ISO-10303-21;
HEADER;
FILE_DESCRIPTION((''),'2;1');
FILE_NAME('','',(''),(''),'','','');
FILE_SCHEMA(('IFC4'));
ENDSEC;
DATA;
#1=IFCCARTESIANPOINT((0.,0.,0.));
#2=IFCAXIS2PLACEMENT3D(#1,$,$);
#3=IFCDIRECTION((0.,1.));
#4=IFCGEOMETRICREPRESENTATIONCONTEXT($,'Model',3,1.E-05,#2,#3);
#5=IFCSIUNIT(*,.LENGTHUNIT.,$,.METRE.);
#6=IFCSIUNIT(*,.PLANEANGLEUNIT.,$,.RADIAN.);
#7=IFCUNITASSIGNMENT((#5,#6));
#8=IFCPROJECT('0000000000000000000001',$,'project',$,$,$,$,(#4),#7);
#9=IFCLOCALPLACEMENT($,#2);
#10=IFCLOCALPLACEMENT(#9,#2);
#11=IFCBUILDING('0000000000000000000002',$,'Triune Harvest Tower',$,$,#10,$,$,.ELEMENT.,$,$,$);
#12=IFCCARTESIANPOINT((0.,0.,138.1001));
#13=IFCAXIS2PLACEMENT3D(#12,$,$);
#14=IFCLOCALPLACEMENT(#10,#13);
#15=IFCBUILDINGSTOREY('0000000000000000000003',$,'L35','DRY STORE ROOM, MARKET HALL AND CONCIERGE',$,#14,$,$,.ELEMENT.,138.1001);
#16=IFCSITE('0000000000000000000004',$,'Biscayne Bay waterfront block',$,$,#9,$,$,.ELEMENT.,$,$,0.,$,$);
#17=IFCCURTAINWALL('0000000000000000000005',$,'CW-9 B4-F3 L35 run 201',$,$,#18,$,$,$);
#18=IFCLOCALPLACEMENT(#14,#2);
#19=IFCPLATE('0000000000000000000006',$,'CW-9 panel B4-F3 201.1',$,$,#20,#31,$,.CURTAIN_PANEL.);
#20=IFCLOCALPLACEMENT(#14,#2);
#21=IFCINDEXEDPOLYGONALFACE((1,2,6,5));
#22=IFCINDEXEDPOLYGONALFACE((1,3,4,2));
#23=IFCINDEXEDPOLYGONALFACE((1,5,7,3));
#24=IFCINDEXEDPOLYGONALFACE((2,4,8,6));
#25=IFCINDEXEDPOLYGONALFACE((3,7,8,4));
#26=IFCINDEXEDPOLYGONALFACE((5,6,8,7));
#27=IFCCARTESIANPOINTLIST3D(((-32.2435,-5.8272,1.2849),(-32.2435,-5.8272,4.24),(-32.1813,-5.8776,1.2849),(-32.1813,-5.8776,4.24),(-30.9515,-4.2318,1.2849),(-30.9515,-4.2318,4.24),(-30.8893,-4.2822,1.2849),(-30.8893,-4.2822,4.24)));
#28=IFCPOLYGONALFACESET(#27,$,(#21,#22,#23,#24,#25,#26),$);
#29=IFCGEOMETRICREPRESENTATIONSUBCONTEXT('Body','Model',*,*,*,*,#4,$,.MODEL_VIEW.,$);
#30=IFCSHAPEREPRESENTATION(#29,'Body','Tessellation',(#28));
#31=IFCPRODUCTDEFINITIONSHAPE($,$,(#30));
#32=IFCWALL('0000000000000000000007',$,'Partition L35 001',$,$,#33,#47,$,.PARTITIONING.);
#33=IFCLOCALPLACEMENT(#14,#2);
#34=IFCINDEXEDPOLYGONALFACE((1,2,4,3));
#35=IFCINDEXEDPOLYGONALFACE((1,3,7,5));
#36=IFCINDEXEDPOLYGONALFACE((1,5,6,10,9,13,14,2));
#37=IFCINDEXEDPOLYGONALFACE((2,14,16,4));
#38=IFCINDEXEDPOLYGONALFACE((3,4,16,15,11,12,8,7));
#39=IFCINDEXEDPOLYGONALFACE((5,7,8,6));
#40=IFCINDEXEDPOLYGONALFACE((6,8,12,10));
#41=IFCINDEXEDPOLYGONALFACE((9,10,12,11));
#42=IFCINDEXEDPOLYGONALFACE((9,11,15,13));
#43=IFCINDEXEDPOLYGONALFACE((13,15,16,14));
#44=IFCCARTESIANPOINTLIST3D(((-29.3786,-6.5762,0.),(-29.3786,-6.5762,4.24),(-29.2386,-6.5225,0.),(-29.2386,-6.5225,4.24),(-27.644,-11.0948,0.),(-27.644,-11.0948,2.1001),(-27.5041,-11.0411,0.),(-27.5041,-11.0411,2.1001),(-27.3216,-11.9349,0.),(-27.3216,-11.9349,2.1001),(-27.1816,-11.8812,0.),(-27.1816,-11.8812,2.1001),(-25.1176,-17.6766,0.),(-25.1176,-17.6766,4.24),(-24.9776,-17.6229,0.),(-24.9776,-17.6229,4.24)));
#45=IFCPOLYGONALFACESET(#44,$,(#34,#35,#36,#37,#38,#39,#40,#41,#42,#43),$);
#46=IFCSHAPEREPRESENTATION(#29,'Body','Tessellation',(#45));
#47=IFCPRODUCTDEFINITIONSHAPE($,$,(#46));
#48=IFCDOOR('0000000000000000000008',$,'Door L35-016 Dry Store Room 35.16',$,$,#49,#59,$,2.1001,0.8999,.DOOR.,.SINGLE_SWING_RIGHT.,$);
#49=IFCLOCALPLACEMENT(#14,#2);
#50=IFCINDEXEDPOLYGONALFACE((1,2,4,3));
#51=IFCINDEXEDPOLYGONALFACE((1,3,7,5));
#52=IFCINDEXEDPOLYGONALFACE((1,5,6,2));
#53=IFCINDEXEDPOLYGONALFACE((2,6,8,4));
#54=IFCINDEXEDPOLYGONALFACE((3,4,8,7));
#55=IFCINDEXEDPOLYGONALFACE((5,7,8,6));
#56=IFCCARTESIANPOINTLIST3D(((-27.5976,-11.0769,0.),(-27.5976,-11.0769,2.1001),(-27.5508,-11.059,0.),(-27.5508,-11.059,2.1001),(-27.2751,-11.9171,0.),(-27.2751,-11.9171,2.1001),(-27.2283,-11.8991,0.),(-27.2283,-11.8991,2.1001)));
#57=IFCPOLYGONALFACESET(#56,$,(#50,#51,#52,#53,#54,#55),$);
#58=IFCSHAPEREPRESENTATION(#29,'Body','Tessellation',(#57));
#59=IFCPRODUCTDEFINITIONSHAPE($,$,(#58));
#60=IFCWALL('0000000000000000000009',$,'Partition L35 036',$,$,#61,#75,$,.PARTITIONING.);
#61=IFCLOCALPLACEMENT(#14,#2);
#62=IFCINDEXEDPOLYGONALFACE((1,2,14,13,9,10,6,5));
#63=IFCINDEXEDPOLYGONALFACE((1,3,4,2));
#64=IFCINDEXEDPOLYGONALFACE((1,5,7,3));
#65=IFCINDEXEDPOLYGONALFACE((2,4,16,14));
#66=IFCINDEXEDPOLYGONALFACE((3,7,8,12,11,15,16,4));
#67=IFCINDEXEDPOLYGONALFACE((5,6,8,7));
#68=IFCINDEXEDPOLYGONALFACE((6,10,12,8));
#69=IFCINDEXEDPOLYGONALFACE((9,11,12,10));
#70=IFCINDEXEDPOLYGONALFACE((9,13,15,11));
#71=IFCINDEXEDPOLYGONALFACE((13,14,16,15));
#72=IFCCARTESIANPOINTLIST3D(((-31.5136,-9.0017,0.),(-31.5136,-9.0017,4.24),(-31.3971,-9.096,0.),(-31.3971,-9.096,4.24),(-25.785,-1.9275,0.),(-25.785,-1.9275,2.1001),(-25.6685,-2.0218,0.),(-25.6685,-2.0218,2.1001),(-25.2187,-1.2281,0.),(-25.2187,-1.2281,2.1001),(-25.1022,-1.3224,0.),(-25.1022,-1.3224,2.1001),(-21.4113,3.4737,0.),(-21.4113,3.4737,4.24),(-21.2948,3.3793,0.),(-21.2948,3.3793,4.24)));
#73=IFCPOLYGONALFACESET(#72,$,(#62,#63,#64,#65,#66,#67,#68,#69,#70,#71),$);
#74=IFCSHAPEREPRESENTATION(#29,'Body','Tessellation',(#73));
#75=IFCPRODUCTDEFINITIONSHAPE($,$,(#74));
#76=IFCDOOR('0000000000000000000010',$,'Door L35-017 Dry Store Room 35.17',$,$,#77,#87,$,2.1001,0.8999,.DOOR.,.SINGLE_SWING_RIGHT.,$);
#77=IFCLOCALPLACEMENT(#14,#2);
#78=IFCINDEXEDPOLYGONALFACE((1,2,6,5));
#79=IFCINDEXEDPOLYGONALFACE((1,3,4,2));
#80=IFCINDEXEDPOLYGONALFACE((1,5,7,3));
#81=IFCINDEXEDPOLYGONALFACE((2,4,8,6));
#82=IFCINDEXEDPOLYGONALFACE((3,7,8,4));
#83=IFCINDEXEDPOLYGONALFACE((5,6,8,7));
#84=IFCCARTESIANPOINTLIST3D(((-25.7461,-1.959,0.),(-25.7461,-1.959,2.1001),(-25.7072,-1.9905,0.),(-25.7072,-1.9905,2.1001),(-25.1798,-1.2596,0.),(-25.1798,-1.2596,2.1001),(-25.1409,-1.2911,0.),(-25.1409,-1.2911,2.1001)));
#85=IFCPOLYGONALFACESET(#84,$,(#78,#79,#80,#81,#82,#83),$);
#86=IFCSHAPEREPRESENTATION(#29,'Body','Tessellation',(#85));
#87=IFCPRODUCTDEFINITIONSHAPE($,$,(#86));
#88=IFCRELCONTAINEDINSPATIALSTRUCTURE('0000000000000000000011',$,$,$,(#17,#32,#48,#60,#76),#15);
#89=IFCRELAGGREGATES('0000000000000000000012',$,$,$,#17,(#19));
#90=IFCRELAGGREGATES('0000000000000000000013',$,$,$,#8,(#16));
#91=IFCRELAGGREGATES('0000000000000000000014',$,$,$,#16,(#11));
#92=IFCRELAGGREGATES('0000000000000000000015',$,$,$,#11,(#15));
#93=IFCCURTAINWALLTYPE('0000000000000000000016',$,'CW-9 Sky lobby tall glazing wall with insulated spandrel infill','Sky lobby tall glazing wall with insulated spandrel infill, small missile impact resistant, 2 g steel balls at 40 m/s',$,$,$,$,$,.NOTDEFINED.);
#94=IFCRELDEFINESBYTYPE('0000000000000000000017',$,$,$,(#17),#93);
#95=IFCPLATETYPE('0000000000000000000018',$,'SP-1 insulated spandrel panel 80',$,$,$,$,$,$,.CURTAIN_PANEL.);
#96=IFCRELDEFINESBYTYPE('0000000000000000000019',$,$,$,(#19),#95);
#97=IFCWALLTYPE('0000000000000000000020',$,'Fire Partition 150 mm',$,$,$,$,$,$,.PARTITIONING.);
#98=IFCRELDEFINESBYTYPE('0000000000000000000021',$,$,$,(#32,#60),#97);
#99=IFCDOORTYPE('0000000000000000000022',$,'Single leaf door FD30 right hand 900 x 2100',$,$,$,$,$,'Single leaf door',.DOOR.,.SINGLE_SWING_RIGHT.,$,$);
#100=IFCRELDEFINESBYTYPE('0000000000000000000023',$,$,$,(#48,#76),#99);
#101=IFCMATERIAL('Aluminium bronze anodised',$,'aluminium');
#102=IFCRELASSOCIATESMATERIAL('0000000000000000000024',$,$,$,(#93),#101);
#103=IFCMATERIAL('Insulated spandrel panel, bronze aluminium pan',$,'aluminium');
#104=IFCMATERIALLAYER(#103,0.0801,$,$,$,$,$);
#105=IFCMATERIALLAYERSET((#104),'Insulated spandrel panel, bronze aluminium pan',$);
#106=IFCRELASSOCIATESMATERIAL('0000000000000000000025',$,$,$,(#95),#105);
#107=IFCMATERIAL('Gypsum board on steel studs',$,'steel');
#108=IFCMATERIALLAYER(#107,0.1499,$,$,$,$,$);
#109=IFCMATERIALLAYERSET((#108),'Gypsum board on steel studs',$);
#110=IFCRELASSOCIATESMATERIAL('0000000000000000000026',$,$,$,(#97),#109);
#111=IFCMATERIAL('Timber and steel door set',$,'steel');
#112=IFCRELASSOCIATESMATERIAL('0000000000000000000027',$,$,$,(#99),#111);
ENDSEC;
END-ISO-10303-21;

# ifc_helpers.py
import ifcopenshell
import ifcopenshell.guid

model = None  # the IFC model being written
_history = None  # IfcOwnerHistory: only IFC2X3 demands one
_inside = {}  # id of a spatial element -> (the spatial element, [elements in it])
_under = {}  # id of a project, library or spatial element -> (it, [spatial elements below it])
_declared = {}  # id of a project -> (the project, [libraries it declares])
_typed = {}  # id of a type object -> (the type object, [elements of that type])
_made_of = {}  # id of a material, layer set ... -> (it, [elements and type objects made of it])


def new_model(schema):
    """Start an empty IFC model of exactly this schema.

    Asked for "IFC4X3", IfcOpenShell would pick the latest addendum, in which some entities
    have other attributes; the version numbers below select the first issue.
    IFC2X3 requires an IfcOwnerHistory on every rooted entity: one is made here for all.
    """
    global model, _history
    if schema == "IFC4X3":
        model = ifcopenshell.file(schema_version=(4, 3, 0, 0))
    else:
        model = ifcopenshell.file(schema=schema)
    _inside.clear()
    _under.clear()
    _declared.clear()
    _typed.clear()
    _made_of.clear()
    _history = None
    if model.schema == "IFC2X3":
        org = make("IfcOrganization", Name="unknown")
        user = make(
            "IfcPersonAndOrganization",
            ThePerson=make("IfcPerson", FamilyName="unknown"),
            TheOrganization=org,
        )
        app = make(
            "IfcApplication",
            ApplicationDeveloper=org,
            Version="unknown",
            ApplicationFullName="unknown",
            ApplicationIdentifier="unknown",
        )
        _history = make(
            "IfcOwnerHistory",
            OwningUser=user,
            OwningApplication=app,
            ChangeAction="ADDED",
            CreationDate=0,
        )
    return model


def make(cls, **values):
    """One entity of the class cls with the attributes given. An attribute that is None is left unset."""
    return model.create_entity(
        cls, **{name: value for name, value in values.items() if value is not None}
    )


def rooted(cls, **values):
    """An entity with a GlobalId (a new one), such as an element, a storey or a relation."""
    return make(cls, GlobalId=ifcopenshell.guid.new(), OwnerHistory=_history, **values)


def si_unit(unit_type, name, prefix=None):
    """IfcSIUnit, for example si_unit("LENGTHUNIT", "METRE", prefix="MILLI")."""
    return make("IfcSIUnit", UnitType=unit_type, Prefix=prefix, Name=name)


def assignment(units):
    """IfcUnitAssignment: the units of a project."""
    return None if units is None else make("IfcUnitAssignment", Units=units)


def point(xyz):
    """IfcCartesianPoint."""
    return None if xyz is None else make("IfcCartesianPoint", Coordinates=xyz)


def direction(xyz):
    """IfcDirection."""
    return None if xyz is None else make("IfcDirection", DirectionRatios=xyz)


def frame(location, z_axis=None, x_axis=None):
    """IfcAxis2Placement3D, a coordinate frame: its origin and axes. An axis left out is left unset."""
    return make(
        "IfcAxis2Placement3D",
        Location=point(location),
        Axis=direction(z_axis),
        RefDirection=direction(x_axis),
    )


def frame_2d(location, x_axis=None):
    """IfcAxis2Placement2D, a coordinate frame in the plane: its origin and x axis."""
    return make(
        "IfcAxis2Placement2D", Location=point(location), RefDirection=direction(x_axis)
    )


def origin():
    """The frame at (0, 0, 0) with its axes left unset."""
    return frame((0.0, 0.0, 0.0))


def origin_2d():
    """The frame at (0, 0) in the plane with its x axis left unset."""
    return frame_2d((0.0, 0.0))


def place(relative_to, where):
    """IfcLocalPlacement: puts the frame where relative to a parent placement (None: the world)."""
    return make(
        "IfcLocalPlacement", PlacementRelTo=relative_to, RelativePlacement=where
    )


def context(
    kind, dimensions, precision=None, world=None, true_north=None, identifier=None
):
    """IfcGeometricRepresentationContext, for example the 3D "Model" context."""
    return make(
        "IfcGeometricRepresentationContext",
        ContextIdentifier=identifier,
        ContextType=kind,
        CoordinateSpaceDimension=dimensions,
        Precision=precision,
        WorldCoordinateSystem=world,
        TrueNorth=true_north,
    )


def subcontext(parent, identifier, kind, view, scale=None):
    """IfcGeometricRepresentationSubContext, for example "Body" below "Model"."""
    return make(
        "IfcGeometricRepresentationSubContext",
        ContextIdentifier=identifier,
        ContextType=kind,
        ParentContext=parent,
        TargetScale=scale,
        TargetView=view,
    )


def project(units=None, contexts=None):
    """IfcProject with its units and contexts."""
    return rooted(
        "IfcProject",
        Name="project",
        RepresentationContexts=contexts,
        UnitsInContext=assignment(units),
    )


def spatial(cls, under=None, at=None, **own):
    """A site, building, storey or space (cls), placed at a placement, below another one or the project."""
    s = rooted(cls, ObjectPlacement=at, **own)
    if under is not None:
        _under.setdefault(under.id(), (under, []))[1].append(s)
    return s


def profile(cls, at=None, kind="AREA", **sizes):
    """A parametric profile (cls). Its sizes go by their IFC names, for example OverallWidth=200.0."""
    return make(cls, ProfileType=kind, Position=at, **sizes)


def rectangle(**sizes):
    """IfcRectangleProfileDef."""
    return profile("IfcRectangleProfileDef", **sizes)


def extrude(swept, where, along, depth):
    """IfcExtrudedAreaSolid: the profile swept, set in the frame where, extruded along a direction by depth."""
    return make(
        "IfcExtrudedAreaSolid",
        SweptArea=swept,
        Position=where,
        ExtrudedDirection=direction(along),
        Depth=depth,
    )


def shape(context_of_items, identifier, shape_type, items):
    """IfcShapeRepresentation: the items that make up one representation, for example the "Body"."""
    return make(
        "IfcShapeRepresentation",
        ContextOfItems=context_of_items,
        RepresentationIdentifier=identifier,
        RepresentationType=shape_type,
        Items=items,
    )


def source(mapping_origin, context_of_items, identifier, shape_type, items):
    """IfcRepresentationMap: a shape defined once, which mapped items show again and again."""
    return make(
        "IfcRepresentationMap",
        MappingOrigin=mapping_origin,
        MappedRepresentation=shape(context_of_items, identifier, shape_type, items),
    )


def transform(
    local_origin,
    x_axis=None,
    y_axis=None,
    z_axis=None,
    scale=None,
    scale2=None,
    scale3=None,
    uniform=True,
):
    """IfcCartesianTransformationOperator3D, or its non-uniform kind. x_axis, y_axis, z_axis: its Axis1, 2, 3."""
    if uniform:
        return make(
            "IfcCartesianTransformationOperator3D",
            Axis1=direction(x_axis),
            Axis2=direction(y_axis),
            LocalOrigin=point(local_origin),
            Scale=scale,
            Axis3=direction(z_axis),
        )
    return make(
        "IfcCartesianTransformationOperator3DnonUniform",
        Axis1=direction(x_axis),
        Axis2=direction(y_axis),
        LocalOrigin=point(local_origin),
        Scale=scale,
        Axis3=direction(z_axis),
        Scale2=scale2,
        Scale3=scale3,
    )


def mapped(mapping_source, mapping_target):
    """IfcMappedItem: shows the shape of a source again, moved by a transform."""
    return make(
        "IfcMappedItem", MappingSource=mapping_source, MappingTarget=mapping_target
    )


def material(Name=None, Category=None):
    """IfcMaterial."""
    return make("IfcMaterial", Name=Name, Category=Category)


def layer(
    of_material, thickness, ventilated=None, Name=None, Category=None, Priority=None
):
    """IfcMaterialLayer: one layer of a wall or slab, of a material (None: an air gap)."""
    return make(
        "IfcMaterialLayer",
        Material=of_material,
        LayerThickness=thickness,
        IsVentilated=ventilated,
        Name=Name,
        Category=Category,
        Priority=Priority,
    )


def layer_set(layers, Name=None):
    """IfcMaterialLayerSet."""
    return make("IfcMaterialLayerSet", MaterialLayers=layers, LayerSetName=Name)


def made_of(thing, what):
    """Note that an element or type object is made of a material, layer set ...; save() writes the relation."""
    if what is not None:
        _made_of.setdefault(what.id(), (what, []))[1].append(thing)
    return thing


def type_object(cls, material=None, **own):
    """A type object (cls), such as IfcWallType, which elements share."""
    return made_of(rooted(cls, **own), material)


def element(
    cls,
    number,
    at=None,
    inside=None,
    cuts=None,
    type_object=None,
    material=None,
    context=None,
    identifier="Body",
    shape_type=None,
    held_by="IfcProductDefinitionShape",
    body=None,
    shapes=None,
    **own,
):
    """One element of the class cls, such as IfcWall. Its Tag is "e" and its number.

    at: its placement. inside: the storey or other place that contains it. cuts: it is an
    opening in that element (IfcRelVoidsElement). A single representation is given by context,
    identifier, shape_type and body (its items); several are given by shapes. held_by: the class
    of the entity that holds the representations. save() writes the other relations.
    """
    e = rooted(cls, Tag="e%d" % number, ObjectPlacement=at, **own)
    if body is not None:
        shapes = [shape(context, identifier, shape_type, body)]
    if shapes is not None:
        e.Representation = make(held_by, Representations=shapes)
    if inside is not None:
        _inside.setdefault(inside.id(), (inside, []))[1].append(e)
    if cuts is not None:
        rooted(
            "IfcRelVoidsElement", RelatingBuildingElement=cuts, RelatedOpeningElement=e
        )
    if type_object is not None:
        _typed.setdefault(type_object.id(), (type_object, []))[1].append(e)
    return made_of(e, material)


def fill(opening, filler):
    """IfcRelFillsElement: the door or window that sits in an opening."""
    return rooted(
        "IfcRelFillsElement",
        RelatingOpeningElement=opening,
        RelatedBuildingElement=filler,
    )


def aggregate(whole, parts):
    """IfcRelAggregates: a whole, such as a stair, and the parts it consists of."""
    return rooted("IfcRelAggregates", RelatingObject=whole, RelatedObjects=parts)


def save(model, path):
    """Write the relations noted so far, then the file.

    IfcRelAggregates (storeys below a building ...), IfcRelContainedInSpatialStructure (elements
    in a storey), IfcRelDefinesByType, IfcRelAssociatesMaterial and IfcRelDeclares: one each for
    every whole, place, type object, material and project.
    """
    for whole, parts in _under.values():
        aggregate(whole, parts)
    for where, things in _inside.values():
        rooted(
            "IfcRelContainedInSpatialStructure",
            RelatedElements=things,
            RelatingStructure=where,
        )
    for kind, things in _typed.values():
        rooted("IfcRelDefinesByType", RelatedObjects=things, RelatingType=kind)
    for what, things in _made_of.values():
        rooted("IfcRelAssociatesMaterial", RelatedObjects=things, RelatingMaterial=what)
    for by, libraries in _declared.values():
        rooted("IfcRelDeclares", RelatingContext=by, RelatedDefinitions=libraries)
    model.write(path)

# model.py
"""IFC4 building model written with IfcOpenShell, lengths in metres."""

from ifc_helpers import new_model, si_unit, direction, frame, frame_2d, origin, origin_2d, place, context, subcontext, project, spatial, rectangle, extrude, source, transform, mapped, material, layer, layer_set, type_object, element, fill, aggregate, save


model = new_model("IFC4")

# Units and contexts
model_context = context("Model", 3, precision=1e-05, world=origin(), true_north=direction((0.0, 1.0)))
body_context = subcontext(model_context, "Body", "Model", "MODEL_VIEW")
ifc_project = project(units=[si_unit("LENGTHUNIT", "METRE"), si_unit("PLANEANGLEUNIT", "RADIAN")], contexts=[model_context])

# Site, building, storey
site_placement = place(None, origin())
site = spatial("IfcSite", under=ifc_project, at=site_placement, Name="Biscayne Bay waterfront block", CompositionType="ELEMENT", RefElevation=0.0)
building_placement = place(site_placement, origin())
building = spatial("IfcBuilding", under=site, at=building_placement, Name="Triune Harvest Tower", CompositionType="ELEMENT")
storey_placement = place(building_placement, frame((0.0, 0.0, 138.1001)))
storey = spatial("IfcBuildingStorey", under=building, at=storey_placement, Name="L35", Description="DRY STORE ROOM, MARKET HALL AND CONCIERGE", CompositionType="ELEMENT", Elevation=138.1001)

# Curtain wall
ifc_material_1 = material(Name="Aluminium bronze anodised", Category="aluminium")
curtain_wall_type_1 = type_object("IfcCurtainWallType", Name="CW-9 Sky lobby tall glazing wall with insulated spandrel infill", Description="Sky lobby tall glazing wall with insulated spandrel infill, small missile impact resistant, 2 g steel balls at 40 m/s", PredefinedType="NOTDEFINED", material=ifc_material_1)
curtain_wall_1_placement = place(storey_placement, origin())
curtain_wall_1 = element("IfcCurtainWall", 1, at=curtain_wall_1_placement, inside=storey, type_object=curtain_wall_type_1, Name="CW-9 B4-F3 L35 run 201")

# Plate
ifc_material_2 = material(Name="Insulated spandrel panel, bronze aluminium pan", Category="aluminium")
ifc_layer_1 = layer(ifc_material_2, 0.0801)
ifc_layer_set_1 = layer_set([ifc_layer_1], Name="Insulated spandrel panel, bronze aluminium pan")
plate_type_1 = type_object("IfcPlateType", Name="SP-1 insulated spandrel panel 80", PredefinedType="CURTAIN_PANEL", material=ifc_layer_set_1)
shared_shape_1 = source(origin(), body_context, "Body", "SweptSolid", [
    extrude(rectangle(XDim=2.053, YDim=0.0801, at=origin_2d()), origin(), (0.0, 0.0, 1.0), 2.9551),
])
plate_1_placement = place(storey_placement, frame((-31.5664, -5.0547, 1.2849), z_axis=(0.0, 0.0, 1.0), x_axis=(-0.629321, -0.777146, 0.0)))
plate_1 = element("IfcPlate", 2, at=plate_1_placement, type_object=plate_type_1, Name="CW-9 panel B4-F3 201.1", PredefinedType="CURTAIN_PANEL", context=body_context, shape_type="MappedRepresentation", body=[
    mapped(shared_shape_1, transform((0.0, 0.0, 0.0), scale=1.0)),
])
aggregate(curtain_wall_1, [plate_1])

# Walls, openings, doors
ifc_material_3 = material(Name="Gypsum board on steel studs", Category="steel")
ifc_layer_2 = layer(ifc_material_3, 0.1499)
ifc_layer_set_2 = layer_set([ifc_layer_2], Name="Gypsum board on steel studs")
wall_type = type_object("IfcWallType", Name="Fire Partition 150 mm", PredefinedType="PARTITIONING", material=ifc_layer_set_2)
wall_1_placement = place(storey_placement, frame((-29.3086, -6.5493, 0.0), z_axis=(0.0, 0.0, 1.0), x_axis=(0.358365, -0.933581, 0.0)))
wall_1 = element("IfcWall", 3, at=wall_1_placement, inside=storey, type_object=wall_type, Name="Partition L35 001", PredefinedType="PARTITIONING", context=body_context, shape_type="SweptSolid", body=[
    extrude(rectangle(XDim=11.8901, YDim=0.1499, at=frame_2d((5.9451, 0.0))), origin(), (0.0, 0.0, 1.0), 4.24),
])
opening_1_placement = place(wall_1_placement, frame((4.8401, 0.0, 0.0)))
opening_1 = element("IfcOpeningElement", 4, at=opening_1_placement, cuts=wall_1, PredefinedType="OPENING", context=body_context, shape_type="SweptSolid", body=[
    extrude(rectangle(XDim=0.8999, YDim=2.1001, at=frame_2d((0.45, 1.05))), frame((0.0, 0.085, 0.0), z_axis=(0.0, -1.0, 0.0), x_axis=(1.0, 0.0, 0.0)), (0.0, 0.0, 1.0), 0.1699),
])
ifc_material_4 = material(Name="Timber and steel door set", Category="steel")
door_type = type_object("IfcDoorType", Name="Single leaf door FD30 right hand 900 x 2100", ElementType="Single leaf door", OperationType="SINGLE_SWING_RIGHT", PredefinedType="DOOR", material=ifc_material_4)
door_1_placement = place(opening_1_placement, origin())
door_1 = element("IfcDoor", 5, at=door_1_placement, inside=storey, type_object=door_type, Name="Door L35-016 Dry Store Room 35.16", OperationType="SINGLE_SWING_RIGHT", OverallHeight=2.1001, OverallWidth=0.8999, PredefinedType="DOOR", context=body_context, shape_type="SweptSolid", body=[
    extrude(rectangle(XDim=0.8999, YDim=2.1001, at=frame_2d((0.45, 1.05))), frame((0.0, 0.0249, 0.0), z_axis=(0.0, -1.0, 0.0), x_axis=(1.0, 0.0, 0.0)), (0.0, 0.0, 1.0), 0.05),
])
fill(opening_1, door_1)
wall_2_placement = place(storey_placement, frame((-31.4553, -9.0488, 0.0), z_axis=(0.0, 0.0, 1.0), x_axis=(0.629319, 0.777147, 0.0)))
wall_2 = element("IfcWall", 6, at=wall_2_placement, inside=storey, type_object=wall_type, Name="Partition L35 036", PredefinedType="PARTITIONING", context=body_context, shape_type="SweptSolid", body=[
    extrude(rectangle(XDim=16.0527, YDim=0.1499, at=frame_2d((8.0264, 0.0))), origin(), (0.0, 0.0, 1.0), 4.24),
])
opening_2_placement = place(wall_2_placement, frame((9.1028, 0.0, 0.0)))
opening_2 = element("IfcOpeningElement", 7, at=opening_2_placement, cuts=wall_2, PredefinedType="OPENING", context=body_context, shape_type="SweptSolid", body=[
    extrude(rectangle(XDim=0.8999, YDim=2.1001, at=frame_2d((0.45, 1.05))), frame((0.0, 0.085, 0.0), z_axis=(0.0, -1.0, 0.0), x_axis=(1.0, 0.0, 0.0)), (0.0, 0.0, 1.0), 0.1699),
])
door_2_placement = place(opening_2_placement, origin())
door_2 = element("IfcDoor", 8, at=door_2_placement, inside=storey, type_object=door_type, Name="Door L35-017 Dry Store Room 35.17", OperationType="SINGLE_SWING_RIGHT", OverallHeight=2.1001, OverallWidth=0.8999, PredefinedType="DOOR", context=body_context, shape_type="SweptSolid", body=[
    extrude(rectangle(XDim=0.8999, YDim=2.1001, at=frame_2d((0.45, 1.05))), frame((0.0, 0.0249, 0.0), z_axis=(0.0, -1.0, 0.0), x_axis=(1.0, 0.0, 0.0)), (0.0, 0.0, 1.0), 0.05),
])
fill(opening_2, door_2)

save(model, "model.ifc")
